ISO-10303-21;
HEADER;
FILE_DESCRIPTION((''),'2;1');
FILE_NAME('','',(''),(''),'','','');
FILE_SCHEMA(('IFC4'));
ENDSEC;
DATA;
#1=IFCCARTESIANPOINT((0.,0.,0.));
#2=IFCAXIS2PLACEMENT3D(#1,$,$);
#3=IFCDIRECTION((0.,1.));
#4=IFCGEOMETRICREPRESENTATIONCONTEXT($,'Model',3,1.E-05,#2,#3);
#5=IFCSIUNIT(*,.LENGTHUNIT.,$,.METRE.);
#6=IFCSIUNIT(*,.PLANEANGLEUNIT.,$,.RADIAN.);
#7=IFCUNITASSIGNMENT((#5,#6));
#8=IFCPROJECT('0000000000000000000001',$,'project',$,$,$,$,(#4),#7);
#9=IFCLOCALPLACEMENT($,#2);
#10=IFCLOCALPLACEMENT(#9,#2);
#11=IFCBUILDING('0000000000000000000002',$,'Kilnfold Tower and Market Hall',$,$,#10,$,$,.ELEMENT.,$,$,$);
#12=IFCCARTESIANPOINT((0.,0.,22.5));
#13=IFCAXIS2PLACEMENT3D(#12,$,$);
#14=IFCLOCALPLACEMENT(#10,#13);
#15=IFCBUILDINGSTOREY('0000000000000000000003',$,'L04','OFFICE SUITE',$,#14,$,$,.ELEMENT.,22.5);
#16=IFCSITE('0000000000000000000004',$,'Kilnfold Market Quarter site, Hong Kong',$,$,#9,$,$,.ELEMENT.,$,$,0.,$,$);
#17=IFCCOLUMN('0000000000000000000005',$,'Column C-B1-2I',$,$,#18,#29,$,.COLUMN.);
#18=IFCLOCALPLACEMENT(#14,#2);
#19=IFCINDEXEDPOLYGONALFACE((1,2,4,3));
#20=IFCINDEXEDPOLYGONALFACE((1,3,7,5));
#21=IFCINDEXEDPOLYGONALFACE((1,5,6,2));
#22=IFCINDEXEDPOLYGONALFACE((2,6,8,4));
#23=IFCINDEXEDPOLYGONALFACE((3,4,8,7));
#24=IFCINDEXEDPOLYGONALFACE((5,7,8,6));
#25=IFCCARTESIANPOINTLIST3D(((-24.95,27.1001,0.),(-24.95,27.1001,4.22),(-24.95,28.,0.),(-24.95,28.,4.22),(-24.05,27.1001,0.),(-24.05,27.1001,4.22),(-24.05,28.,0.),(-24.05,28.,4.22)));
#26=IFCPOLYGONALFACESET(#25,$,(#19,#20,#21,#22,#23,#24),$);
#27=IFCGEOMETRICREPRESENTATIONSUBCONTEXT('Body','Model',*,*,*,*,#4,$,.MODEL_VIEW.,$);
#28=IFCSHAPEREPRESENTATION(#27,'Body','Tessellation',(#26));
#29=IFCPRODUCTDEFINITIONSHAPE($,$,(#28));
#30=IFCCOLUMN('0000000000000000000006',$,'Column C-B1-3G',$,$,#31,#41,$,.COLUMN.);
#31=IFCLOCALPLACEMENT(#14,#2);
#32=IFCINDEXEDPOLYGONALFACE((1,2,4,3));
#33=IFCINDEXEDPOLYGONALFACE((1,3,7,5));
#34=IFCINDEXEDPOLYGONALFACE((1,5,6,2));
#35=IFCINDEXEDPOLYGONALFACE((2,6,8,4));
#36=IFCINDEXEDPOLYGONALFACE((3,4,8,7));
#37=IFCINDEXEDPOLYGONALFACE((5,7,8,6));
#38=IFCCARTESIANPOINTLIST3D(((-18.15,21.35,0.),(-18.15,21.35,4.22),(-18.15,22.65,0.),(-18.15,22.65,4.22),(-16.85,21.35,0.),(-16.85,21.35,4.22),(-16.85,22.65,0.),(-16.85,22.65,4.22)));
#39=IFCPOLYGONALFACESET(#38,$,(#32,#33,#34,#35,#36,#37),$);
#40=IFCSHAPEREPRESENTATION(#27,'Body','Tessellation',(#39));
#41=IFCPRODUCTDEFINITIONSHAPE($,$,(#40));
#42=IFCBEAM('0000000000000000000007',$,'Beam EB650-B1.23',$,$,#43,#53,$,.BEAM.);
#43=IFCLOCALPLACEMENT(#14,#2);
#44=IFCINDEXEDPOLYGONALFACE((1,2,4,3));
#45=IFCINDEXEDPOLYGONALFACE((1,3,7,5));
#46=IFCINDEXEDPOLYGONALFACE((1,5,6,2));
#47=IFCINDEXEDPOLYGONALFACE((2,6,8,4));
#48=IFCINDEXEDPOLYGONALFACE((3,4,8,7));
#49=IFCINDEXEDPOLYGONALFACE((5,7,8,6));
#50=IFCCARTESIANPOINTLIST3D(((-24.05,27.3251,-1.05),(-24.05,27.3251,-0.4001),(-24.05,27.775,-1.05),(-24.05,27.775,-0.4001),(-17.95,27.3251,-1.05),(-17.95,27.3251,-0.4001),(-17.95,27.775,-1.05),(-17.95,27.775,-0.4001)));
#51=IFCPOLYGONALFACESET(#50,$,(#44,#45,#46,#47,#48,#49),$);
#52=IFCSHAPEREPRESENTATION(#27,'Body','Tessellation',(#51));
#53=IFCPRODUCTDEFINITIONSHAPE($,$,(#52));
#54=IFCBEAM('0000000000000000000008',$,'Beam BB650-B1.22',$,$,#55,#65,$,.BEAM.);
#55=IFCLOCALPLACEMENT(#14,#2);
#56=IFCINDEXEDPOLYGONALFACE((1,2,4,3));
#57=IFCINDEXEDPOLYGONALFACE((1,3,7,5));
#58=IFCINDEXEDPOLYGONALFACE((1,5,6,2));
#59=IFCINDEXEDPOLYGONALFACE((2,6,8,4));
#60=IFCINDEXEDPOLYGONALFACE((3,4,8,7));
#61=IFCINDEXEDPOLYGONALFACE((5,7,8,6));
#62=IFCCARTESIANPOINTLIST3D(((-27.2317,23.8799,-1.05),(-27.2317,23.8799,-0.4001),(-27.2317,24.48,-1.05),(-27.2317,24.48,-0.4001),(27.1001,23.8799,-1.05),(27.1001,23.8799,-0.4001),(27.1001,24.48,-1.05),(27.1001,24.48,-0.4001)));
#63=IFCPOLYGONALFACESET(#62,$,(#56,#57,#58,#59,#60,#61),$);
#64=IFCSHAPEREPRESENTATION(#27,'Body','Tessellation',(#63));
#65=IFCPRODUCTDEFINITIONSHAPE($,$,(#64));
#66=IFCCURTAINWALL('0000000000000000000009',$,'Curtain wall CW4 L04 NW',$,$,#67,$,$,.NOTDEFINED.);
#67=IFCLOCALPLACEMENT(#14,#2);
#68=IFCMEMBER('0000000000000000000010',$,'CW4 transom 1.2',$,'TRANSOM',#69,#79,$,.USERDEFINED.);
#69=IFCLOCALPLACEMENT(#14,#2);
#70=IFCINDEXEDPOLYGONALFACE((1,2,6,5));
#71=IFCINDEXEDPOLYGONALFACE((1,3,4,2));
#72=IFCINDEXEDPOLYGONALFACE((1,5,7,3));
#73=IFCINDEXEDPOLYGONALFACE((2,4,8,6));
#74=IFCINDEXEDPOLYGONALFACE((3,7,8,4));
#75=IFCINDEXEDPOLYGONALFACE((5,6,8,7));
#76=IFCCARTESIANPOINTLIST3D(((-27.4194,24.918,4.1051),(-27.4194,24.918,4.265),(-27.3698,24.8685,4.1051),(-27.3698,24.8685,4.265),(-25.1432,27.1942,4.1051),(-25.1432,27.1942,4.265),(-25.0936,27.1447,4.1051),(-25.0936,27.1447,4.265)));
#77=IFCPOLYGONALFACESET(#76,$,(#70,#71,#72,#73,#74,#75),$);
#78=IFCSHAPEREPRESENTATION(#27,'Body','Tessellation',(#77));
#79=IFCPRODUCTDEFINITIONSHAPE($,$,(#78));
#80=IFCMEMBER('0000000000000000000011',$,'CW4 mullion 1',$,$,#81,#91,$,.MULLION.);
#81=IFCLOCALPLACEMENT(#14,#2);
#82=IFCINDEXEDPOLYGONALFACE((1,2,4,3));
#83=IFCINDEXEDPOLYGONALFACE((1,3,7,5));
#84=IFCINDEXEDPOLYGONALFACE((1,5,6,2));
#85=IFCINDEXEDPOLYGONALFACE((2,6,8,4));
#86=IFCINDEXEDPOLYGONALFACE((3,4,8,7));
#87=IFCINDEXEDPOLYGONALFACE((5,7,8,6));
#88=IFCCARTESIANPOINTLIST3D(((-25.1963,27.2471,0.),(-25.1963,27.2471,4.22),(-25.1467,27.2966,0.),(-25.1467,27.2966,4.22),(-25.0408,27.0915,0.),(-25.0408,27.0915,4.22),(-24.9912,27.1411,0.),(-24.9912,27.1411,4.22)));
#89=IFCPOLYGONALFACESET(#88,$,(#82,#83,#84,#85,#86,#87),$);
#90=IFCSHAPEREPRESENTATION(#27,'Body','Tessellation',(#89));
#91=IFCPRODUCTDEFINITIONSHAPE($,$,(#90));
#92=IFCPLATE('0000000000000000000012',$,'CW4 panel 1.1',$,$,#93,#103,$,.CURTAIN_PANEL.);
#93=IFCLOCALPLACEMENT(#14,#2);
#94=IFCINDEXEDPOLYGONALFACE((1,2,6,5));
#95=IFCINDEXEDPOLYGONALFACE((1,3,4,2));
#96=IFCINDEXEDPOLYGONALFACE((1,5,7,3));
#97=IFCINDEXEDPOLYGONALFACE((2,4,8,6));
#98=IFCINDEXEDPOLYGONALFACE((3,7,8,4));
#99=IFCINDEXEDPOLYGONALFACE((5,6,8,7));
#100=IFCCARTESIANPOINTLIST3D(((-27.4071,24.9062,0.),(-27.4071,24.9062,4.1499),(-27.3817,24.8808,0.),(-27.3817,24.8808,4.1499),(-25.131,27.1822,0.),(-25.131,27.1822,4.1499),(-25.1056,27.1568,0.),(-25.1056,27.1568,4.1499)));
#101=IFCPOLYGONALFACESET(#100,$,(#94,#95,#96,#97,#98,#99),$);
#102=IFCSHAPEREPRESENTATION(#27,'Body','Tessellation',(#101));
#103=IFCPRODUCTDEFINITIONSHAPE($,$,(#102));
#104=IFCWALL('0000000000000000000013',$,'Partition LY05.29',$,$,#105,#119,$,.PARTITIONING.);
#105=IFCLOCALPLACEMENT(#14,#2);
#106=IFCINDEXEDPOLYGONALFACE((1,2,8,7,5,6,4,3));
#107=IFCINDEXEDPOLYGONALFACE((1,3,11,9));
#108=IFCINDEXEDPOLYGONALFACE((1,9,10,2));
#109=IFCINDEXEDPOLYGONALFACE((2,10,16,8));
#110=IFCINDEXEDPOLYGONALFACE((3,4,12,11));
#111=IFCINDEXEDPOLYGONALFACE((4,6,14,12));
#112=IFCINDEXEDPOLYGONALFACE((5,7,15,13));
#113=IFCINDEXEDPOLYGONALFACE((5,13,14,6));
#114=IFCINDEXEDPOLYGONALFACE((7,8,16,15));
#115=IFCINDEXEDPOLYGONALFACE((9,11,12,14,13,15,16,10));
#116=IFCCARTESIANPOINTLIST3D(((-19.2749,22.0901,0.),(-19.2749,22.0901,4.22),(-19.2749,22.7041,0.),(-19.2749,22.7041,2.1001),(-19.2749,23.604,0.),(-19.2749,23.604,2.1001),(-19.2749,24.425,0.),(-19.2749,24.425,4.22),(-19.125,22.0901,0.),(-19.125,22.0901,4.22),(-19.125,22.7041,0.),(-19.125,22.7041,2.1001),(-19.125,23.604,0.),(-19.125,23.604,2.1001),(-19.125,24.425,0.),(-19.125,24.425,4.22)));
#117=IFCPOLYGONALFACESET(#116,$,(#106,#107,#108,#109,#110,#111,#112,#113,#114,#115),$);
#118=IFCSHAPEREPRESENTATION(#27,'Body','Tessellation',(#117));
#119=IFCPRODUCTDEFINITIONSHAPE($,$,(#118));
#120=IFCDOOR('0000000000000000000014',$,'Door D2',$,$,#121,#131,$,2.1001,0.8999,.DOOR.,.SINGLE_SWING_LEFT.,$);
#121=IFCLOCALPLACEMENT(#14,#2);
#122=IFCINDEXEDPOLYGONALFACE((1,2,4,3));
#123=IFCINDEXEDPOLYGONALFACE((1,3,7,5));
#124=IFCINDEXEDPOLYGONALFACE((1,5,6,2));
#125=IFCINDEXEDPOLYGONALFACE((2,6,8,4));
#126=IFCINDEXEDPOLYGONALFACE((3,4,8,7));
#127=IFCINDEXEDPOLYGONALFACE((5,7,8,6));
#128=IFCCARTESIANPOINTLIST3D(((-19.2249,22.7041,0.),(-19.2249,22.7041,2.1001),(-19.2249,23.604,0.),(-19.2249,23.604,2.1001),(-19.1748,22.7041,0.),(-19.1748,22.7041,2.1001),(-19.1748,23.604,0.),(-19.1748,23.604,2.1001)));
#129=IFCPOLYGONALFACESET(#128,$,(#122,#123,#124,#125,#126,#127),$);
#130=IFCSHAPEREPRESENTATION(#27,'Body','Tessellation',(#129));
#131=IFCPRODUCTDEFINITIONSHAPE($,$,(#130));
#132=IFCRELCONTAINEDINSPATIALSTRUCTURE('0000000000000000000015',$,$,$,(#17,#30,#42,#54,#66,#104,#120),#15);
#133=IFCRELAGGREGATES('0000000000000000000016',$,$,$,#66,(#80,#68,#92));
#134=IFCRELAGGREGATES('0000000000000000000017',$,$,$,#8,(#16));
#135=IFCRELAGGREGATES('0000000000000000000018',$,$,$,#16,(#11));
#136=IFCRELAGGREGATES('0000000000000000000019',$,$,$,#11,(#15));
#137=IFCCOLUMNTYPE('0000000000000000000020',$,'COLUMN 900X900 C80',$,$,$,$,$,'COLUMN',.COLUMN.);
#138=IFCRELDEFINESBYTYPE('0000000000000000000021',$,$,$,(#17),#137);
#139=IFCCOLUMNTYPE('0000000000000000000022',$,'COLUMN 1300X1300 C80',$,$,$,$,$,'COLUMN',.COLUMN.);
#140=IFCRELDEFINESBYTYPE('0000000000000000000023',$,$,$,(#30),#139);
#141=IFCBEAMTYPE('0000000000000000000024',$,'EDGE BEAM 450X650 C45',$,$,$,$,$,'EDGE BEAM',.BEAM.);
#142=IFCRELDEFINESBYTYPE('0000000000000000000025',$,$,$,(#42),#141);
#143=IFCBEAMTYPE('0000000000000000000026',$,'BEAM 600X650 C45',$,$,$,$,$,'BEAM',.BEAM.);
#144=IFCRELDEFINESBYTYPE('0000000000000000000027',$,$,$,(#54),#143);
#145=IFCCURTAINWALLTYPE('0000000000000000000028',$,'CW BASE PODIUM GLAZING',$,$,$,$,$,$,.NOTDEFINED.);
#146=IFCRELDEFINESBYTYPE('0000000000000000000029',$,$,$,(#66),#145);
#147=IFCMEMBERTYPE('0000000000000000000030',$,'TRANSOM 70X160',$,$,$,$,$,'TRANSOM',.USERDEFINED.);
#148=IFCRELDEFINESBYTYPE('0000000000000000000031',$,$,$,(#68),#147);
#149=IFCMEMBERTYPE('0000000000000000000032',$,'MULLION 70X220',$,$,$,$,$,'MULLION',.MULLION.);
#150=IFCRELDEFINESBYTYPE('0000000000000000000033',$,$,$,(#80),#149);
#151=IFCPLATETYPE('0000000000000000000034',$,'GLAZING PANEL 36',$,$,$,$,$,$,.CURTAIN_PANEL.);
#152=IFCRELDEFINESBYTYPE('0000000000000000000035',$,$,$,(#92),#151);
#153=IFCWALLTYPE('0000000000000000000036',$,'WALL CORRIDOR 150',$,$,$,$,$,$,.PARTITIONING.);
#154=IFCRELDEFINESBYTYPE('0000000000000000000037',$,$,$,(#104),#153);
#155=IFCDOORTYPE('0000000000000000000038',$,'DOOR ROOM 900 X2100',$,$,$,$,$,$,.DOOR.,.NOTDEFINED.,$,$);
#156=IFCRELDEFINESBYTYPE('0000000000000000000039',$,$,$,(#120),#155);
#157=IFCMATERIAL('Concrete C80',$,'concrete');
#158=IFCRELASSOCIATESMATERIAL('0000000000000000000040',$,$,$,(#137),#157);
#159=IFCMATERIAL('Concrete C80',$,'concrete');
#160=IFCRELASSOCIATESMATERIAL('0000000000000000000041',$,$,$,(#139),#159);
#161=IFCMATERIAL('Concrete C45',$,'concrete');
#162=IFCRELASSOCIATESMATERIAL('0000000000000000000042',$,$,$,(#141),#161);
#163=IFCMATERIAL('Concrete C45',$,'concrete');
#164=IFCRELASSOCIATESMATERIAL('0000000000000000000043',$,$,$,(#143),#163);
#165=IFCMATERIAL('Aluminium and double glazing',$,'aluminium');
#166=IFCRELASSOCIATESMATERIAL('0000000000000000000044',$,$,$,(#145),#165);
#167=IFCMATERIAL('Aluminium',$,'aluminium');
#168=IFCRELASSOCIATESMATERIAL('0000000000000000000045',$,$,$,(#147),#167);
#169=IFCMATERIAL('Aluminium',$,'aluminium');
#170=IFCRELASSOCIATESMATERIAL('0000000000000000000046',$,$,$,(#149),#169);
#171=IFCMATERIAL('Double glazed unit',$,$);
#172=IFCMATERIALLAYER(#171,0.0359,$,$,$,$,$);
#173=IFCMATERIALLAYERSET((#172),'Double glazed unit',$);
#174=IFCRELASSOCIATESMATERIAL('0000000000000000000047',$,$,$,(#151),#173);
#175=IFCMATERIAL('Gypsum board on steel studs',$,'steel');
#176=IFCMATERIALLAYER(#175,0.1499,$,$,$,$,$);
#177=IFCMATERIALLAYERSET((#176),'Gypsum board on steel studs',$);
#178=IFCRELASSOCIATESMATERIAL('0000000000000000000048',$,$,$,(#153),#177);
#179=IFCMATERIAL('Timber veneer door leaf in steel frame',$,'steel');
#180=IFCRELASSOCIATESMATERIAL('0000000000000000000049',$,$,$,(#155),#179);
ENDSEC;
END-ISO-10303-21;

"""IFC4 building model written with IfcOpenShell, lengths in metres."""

from ifc_helpers import new_model, si_unit, direction, frame, frame_2d, origin, origin_2d, place, context, subcontext, project, spatial, rectangle, extrude, source, transform, mapped, material, layer, layer_set, material_profile, profile_set, type_object, element, fill, aggregate, save


model = new_model("IFC4")

# Units and contexts
model_context = context("Model", 3, precision=1e-05, world=origin(), true_north=direction((0.0, 1.0)))
body_context = subcontext(model_context, "Body", "Model", "MODEL_VIEW")
ifc_project = project(units=[si_unit("LENGTHUNIT", "METRE"), si_unit("PLANEANGLEUNIT", "RADIAN")], contexts=[model_context])

# Site, building, storey
site_placement = place(None, origin())
site = spatial("IfcSite", under=ifc_project, at=site_placement, Name="Kilnfold Market Quarter site, Hong Kong", CompositionType="ELEMENT", RefElevation=0.0)
building_placement = place(site_placement, origin())
building = spatial("IfcBuilding", under=site, at=building_placement, Name="Kilnfold Tower and Market Hall", CompositionType="ELEMENT")
storey_placement = place(building_placement, frame((0.0, 0.0, 22.5)))
storey = spatial("IfcBuildingStorey", under=building, at=storey_placement, Name="L04", Description="OFFICE SUITE", CompositionType="ELEMENT", Elevation=22.5)

# Columns
ifc_material_1 = material(Name="Concrete C80", Category="concrete")
ifc_material_profile_1 = material_profile(ifc_material_1, rectangle(XDim=0.8999, YDim=0.8999, at=origin_2d()), Name="RC 900x900")
ifc_profile_set_1 = profile_set([ifc_material_profile_1], Name="Concrete C80")
column_type_1 = type_object("IfcColumnType", Name="COLUMN 900X900 C80", ElementType="COLUMN", PredefinedType="COLUMN", material=ifc_profile_set_1)
shared_shape_1 = source(origin(), body_context, "Body", "SweptSolid", [
    extrude(rectangle(XDim=0.8999, YDim=0.8999, at=origin_2d()), origin(), (0.0, 0.0, 1.0), 4.22),
])
column_1_placement = place(storey_placement, frame((-24.5, 27.55, 0.0), z_axis=(0.0, 0.0, 1.0), x_axis=(1.0, 0.0, 0.0)))
element("IfcColumn", 1, at=column_1_placement, inside=storey, type_object=column_type_1, Name="Column C-B1-2I", PredefinedType="COLUMN", context=body_context, shape_type="MappedRepresentation", body=[
    mapped(shared_shape_1, transform((0.0, 0.0, 0.0))),
])
ifc_material_2 = material(Name="Concrete C80", Category="concrete")
ifc_material_profile_2 = material_profile(ifc_material_2, rectangle(XDim=1.3, YDim=1.3, at=origin_2d()), Name="RC 1300x1300")
ifc_profile_set_2 = profile_set([ifc_material_profile_2], Name="Concrete C80")
column_type_2 = type_object("IfcColumnType", Name="COLUMN 1300X1300 C80", ElementType="COLUMN", PredefinedType="COLUMN", material=ifc_profile_set_2)
shared_shape_2 = source(origin(), body_context, "Body", "SweptSolid", [
    extrude(rectangle(XDim=1.3, YDim=1.3, at=origin_2d()), origin(), (0.0, 0.0, 1.0), 4.22),
])
column_2_placement = place(storey_placement, frame((-17.5, 22.0, 0.0), z_axis=(0.0, 0.0, 1.0), x_axis=(1.0, 0.0, 0.0)))
element("IfcColumn", 2, at=column_2_placement, inside=storey, type_object=column_type_2, Name="Column C-B1-3G", PredefinedType="COLUMN", context=body_context, shape_type="MappedRepresentation", body=[
    mapped(shared_shape_2, transform((0.0, 0.0, 0.0))),
])

# Beams
ifc_material_3 = material(Name="Concrete C45", Category="concrete")
ifc_material_profile_3 = material_profile(ifc_material_3, rectangle(XDim=0.45, YDim=0.6499, at=origin_2d()), Name="RC 450x650")
ifc_profile_set_3 = profile_set([ifc_material_profile_3], Name="Concrete C45")
beam_type_1 = type_object("IfcBeamType", Name="EDGE BEAM 450X650 C45", ElementType="EDGE BEAM", PredefinedType="BEAM", material=ifc_profile_set_3)
shared_shape_3 = source(origin(), body_context, "Body", "SweptSolid", [
    extrude(rectangle(XDim=0.45, YDim=0.6499, at=origin_2d()), origin(), (0.0, 0.0, 1.0), 6.1001),
])
beam_1_placement = place(storey_placement, frame((-24.05, 27.55, -0.7251), z_axis=(1.0, 0.0, 0.0), x_axis=(0.0, 1.0, 0.0)))
element("IfcBeam", 3, at=beam_1_placement, inside=storey, type_object=beam_type_1, Name="Beam EB650-B1.23", PredefinedType="BEAM", context=body_context, shape_type="MappedRepresentation", body=[
    mapped(shared_shape_3, transform((0.0, 0.0, 0.0))),
])
ifc_material_4 = material(Name="Concrete C45", Category="concrete")
ifc_material_profile_4 = material_profile(ifc_material_4, rectangle(XDim=0.6001, YDim=0.6499, at=origin_2d()), Name="RC 600x650")
ifc_profile_set_4 = profile_set([ifc_material_profile_4], Name="Concrete C45")
beam_type_2 = type_object("IfcBeamType", Name="BEAM 600X650 C45", ElementType="BEAM", PredefinedType="BEAM", material=ifc_profile_set_4)
shared_shape_4 = source(origin(), body_context, "Body", "SweptSolid", [
    extrude(rectangle(XDim=0.6001, YDim=0.6499, at=origin_2d()), origin(), (0.0, 0.0, 1.0), 54.3318),
])
beam_2_placement = place(storey_placement, frame((-27.2317, 24.1799, -0.7251), z_axis=(1.0, 0.0, 0.0), x_axis=(0.0, 1.0, 0.0)))
element("IfcBeam", 4, at=beam_2_placement, inside=storey, type_object=beam_type_2, Name="Beam BB650-B1.22", PredefinedType="BEAM", context=body_context, shape_type="MappedRepresentation", body=[
    mapped(shared_shape_4, transform((0.0, 0.0, 0.0))),
])

# Curtain wall, members, plate
ifc_material_5 = material(Name="Aluminium and double glazing", Category="aluminium")
curtain_wall_type = type_object("IfcCurtainWallType", Name="CW BASE PODIUM GLAZING", PredefinedType="NOTDEFINED", material=ifc_material_5)
curtain_wall_placement = place(storey_placement, origin())
curtain_wall = element("IfcCurtainWall", 5, at=curtain_wall_placement, inside=storey, type_object=curtain_wall_type, Name="Curtain wall CW4 L04 NW", PredefinedType="NOTDEFINED")
ifc_material_6 = material(Name="Aluminium", Category="aluminium")
ifc_material_profile_5 = material_profile(ifc_material_6, rectangle(XDim=0.0701, YDim=0.1599, at=origin_2d()), Name="TRANSOM 70x160")
ifc_profile_set_5 = profile_set([ifc_material_profile_5], Name="Aluminium")
member_type_1 = type_object("IfcMemberType", Name="TRANSOM 70X160", ElementType="TRANSOM", PredefinedType="USERDEFINED", material=ifc_profile_set_5)
shared_shape_5 = source(origin(), body_context, "Body", "SweptSolid", [
    extrude(rectangle(XDim=0.0701, YDim=0.1599, at=origin_2d()), origin(), (0.0, 0.0, 1.0), 3.219),
])
member_1_placement = place(storey_placement, frame((-25.1184, 27.1694, 4.1851), z_axis=(-0.707107, -0.707107, 0.0), x_axis=(0.707107, -0.707107, 0.0)))
member_1 = element("IfcMember", 6, at=member_1_placement, type_object=member_type_1, Name="CW4 transom 1.2", ObjectType="TRANSOM", PredefinedType="USERDEFINED", context=body_context, shape_type="MappedRepresentation", body=[
    mapped(shared_shape_5, transform((0.0, 0.0, 0.0))),
])
ifc_material_7 = material(Name="Aluminium", Category="aluminium")
ifc_material_profile_6 = material_profile(ifc_material_7, rectangle(XDim=0.0701, YDim=0.22, at=origin_2d()), Name="MULLION 70x220")
ifc_profile_set_6 = profile_set([ifc_material_profile_6], Name="Aluminium")
member_type_2 = type_object("IfcMemberType", Name="MULLION 70X220", ElementType="MULLION", PredefinedType="MULLION", material=ifc_profile_set_6)
shared_shape_6 = source(origin(), body_context, "Body", "SweptSolid", [
    extrude(rectangle(XDim=0.0701, YDim=0.22, at=origin_2d()), origin(), (0.0, 0.0, 1.0), 4.22),
])
member_2_placement = place(storey_placement, frame((-25.0938, 27.1941, 0.0), z_axis=(0.0, 0.0, 1.0), x_axis=(-0.707122, -0.707092, 0.0)))
member_2 = element("IfcMember", 7, at=member_2_placement, type_object=member_type_2, Name="CW4 mullion 1", PredefinedType="MULLION", context=body_context, shape_type="MappedRepresentation", body=[
    mapped(shared_shape_6, transform((0.0, 0.0, 0.0))),
])
ifc_material_8 = material(Name="Double glazed unit")
ifc_layer_1 = layer(ifc_material_8, 0.0359)
ifc_layer_set_1 = layer_set([ifc_layer_1], Name="Double glazed unit")
plate_type = type_object("IfcPlateType", Name="GLAZING PANEL 36", PredefinedType="CURTAIN_PANEL", material=ifc_layer_set_1)
shared_shape_7 = source(origin(), body_context, "Body", "SweptSolid", [
    extrude(rectangle(XDim=3.2188, YDim=0.0359, at=origin_2d()), origin(), (0.0, 0.0, 1.0), 4.1499),
])
plate_placement = place(storey_placement, frame((-26.2563, 26.0315, 0.0), z_axis=(0.0, 0.0, 1.0), x_axis=(-0.707122, -0.707092, 0.0)))
plate = element("IfcPlate", 8, at=plate_placement, type_object=plate_type, Name="CW4 panel 1.1", PredefinedType="CURTAIN_PANEL", context=body_context, shape_type="MappedRepresentation", body=[
    mapped(shared_shape_7, transform((0.0, 0.0, 0.0))),
])
aggregate(curtain_wall, [member_2, member_1, plate])

# Wall, opening, door
ifc_material_9 = material(Name="Gypsum board on steel studs", Category="steel")
ifc_layer_2 = layer(ifc_material_9, 0.1499)
ifc_layer_set_2 = layer_set([ifc_layer_2], Name="Gypsum board on steel studs")
wall_type_1 = type_object("IfcWallType", Name="WALL CORRIDOR 150", PredefinedType="PARTITIONING", material=ifc_layer_set_2)
wall_1_placement = place(storey_placement, frame((-19.2, 22.0901, 0.0), z_axis=(0.0, 0.0, 1.0), x_axis=(0.0, 1.0, 0.0)))
wall_1 = element("IfcWall", 9, at=wall_1_placement, inside=storey, type_object=wall_type_1, Name="Partition LY05.29", PredefinedType="PARTITIONING", context=body_context, shape_type="SweptSolid", body=[
    extrude(rectangle(XDim=2.335, YDim=0.1499, at=frame_2d((1.1675, 0.0))), origin(), (0.0, 0.0, 1.0), 4.22),
])
opening_1_placement = place(wall_1_placement, frame((0.614, 0.0, 0.0)))
opening_1 = element("IfcOpeningElement", 10, at=opening_1_placement, cuts=wall_1, PredefinedType="OPENING", context=body_context, shape_type="SweptSolid", body=[
    extrude(rectangle(XDim=0.8999, YDim=2.1001, at=frame_2d((0.45, 1.05))), frame((0.0, 0.085, 0.0), z_axis=(0.0, -1.0, 0.0), x_axis=(1.0, 0.0, 0.0)), (0.0, 0.0, 1.0), 0.1699),
])
ifc_material_10 = material(Name="Timber veneer door leaf in steel frame", Category="steel")
door_type_1 = type_object("IfcDoorType", Name="DOOR ROOM 900 X2100", OperationType="NOTDEFINED", PredefinedType="DOOR", material=ifc_material_10)
door_1_placement = place(opening_1_placement, origin())
door_1 = element("IfcDoor", 11, at=door_1_placement, inside=storey, type_object=door_type_1, Name="Door D2", OperationType="SINGLE_SWING_LEFT", OverallHeight=2.1001, OverallWidth=0.8999, PredefinedType="DOOR", context=body_context, shape_type="SweptSolid", body=[
    extrude(rectangle(XDim=0.8999, YDim=2.1001, at=frame_2d((0.45, 1.05))), frame((0.0, 0.0249, 0.0), z_axis=(0.0, -1.0, 0.0), x_axis=(1.0, 0.0, 0.0)), (0.0, 0.0, 1.0), 0.05),
])
fill(opening_1, door_1)

save(model, "model.ifc")
